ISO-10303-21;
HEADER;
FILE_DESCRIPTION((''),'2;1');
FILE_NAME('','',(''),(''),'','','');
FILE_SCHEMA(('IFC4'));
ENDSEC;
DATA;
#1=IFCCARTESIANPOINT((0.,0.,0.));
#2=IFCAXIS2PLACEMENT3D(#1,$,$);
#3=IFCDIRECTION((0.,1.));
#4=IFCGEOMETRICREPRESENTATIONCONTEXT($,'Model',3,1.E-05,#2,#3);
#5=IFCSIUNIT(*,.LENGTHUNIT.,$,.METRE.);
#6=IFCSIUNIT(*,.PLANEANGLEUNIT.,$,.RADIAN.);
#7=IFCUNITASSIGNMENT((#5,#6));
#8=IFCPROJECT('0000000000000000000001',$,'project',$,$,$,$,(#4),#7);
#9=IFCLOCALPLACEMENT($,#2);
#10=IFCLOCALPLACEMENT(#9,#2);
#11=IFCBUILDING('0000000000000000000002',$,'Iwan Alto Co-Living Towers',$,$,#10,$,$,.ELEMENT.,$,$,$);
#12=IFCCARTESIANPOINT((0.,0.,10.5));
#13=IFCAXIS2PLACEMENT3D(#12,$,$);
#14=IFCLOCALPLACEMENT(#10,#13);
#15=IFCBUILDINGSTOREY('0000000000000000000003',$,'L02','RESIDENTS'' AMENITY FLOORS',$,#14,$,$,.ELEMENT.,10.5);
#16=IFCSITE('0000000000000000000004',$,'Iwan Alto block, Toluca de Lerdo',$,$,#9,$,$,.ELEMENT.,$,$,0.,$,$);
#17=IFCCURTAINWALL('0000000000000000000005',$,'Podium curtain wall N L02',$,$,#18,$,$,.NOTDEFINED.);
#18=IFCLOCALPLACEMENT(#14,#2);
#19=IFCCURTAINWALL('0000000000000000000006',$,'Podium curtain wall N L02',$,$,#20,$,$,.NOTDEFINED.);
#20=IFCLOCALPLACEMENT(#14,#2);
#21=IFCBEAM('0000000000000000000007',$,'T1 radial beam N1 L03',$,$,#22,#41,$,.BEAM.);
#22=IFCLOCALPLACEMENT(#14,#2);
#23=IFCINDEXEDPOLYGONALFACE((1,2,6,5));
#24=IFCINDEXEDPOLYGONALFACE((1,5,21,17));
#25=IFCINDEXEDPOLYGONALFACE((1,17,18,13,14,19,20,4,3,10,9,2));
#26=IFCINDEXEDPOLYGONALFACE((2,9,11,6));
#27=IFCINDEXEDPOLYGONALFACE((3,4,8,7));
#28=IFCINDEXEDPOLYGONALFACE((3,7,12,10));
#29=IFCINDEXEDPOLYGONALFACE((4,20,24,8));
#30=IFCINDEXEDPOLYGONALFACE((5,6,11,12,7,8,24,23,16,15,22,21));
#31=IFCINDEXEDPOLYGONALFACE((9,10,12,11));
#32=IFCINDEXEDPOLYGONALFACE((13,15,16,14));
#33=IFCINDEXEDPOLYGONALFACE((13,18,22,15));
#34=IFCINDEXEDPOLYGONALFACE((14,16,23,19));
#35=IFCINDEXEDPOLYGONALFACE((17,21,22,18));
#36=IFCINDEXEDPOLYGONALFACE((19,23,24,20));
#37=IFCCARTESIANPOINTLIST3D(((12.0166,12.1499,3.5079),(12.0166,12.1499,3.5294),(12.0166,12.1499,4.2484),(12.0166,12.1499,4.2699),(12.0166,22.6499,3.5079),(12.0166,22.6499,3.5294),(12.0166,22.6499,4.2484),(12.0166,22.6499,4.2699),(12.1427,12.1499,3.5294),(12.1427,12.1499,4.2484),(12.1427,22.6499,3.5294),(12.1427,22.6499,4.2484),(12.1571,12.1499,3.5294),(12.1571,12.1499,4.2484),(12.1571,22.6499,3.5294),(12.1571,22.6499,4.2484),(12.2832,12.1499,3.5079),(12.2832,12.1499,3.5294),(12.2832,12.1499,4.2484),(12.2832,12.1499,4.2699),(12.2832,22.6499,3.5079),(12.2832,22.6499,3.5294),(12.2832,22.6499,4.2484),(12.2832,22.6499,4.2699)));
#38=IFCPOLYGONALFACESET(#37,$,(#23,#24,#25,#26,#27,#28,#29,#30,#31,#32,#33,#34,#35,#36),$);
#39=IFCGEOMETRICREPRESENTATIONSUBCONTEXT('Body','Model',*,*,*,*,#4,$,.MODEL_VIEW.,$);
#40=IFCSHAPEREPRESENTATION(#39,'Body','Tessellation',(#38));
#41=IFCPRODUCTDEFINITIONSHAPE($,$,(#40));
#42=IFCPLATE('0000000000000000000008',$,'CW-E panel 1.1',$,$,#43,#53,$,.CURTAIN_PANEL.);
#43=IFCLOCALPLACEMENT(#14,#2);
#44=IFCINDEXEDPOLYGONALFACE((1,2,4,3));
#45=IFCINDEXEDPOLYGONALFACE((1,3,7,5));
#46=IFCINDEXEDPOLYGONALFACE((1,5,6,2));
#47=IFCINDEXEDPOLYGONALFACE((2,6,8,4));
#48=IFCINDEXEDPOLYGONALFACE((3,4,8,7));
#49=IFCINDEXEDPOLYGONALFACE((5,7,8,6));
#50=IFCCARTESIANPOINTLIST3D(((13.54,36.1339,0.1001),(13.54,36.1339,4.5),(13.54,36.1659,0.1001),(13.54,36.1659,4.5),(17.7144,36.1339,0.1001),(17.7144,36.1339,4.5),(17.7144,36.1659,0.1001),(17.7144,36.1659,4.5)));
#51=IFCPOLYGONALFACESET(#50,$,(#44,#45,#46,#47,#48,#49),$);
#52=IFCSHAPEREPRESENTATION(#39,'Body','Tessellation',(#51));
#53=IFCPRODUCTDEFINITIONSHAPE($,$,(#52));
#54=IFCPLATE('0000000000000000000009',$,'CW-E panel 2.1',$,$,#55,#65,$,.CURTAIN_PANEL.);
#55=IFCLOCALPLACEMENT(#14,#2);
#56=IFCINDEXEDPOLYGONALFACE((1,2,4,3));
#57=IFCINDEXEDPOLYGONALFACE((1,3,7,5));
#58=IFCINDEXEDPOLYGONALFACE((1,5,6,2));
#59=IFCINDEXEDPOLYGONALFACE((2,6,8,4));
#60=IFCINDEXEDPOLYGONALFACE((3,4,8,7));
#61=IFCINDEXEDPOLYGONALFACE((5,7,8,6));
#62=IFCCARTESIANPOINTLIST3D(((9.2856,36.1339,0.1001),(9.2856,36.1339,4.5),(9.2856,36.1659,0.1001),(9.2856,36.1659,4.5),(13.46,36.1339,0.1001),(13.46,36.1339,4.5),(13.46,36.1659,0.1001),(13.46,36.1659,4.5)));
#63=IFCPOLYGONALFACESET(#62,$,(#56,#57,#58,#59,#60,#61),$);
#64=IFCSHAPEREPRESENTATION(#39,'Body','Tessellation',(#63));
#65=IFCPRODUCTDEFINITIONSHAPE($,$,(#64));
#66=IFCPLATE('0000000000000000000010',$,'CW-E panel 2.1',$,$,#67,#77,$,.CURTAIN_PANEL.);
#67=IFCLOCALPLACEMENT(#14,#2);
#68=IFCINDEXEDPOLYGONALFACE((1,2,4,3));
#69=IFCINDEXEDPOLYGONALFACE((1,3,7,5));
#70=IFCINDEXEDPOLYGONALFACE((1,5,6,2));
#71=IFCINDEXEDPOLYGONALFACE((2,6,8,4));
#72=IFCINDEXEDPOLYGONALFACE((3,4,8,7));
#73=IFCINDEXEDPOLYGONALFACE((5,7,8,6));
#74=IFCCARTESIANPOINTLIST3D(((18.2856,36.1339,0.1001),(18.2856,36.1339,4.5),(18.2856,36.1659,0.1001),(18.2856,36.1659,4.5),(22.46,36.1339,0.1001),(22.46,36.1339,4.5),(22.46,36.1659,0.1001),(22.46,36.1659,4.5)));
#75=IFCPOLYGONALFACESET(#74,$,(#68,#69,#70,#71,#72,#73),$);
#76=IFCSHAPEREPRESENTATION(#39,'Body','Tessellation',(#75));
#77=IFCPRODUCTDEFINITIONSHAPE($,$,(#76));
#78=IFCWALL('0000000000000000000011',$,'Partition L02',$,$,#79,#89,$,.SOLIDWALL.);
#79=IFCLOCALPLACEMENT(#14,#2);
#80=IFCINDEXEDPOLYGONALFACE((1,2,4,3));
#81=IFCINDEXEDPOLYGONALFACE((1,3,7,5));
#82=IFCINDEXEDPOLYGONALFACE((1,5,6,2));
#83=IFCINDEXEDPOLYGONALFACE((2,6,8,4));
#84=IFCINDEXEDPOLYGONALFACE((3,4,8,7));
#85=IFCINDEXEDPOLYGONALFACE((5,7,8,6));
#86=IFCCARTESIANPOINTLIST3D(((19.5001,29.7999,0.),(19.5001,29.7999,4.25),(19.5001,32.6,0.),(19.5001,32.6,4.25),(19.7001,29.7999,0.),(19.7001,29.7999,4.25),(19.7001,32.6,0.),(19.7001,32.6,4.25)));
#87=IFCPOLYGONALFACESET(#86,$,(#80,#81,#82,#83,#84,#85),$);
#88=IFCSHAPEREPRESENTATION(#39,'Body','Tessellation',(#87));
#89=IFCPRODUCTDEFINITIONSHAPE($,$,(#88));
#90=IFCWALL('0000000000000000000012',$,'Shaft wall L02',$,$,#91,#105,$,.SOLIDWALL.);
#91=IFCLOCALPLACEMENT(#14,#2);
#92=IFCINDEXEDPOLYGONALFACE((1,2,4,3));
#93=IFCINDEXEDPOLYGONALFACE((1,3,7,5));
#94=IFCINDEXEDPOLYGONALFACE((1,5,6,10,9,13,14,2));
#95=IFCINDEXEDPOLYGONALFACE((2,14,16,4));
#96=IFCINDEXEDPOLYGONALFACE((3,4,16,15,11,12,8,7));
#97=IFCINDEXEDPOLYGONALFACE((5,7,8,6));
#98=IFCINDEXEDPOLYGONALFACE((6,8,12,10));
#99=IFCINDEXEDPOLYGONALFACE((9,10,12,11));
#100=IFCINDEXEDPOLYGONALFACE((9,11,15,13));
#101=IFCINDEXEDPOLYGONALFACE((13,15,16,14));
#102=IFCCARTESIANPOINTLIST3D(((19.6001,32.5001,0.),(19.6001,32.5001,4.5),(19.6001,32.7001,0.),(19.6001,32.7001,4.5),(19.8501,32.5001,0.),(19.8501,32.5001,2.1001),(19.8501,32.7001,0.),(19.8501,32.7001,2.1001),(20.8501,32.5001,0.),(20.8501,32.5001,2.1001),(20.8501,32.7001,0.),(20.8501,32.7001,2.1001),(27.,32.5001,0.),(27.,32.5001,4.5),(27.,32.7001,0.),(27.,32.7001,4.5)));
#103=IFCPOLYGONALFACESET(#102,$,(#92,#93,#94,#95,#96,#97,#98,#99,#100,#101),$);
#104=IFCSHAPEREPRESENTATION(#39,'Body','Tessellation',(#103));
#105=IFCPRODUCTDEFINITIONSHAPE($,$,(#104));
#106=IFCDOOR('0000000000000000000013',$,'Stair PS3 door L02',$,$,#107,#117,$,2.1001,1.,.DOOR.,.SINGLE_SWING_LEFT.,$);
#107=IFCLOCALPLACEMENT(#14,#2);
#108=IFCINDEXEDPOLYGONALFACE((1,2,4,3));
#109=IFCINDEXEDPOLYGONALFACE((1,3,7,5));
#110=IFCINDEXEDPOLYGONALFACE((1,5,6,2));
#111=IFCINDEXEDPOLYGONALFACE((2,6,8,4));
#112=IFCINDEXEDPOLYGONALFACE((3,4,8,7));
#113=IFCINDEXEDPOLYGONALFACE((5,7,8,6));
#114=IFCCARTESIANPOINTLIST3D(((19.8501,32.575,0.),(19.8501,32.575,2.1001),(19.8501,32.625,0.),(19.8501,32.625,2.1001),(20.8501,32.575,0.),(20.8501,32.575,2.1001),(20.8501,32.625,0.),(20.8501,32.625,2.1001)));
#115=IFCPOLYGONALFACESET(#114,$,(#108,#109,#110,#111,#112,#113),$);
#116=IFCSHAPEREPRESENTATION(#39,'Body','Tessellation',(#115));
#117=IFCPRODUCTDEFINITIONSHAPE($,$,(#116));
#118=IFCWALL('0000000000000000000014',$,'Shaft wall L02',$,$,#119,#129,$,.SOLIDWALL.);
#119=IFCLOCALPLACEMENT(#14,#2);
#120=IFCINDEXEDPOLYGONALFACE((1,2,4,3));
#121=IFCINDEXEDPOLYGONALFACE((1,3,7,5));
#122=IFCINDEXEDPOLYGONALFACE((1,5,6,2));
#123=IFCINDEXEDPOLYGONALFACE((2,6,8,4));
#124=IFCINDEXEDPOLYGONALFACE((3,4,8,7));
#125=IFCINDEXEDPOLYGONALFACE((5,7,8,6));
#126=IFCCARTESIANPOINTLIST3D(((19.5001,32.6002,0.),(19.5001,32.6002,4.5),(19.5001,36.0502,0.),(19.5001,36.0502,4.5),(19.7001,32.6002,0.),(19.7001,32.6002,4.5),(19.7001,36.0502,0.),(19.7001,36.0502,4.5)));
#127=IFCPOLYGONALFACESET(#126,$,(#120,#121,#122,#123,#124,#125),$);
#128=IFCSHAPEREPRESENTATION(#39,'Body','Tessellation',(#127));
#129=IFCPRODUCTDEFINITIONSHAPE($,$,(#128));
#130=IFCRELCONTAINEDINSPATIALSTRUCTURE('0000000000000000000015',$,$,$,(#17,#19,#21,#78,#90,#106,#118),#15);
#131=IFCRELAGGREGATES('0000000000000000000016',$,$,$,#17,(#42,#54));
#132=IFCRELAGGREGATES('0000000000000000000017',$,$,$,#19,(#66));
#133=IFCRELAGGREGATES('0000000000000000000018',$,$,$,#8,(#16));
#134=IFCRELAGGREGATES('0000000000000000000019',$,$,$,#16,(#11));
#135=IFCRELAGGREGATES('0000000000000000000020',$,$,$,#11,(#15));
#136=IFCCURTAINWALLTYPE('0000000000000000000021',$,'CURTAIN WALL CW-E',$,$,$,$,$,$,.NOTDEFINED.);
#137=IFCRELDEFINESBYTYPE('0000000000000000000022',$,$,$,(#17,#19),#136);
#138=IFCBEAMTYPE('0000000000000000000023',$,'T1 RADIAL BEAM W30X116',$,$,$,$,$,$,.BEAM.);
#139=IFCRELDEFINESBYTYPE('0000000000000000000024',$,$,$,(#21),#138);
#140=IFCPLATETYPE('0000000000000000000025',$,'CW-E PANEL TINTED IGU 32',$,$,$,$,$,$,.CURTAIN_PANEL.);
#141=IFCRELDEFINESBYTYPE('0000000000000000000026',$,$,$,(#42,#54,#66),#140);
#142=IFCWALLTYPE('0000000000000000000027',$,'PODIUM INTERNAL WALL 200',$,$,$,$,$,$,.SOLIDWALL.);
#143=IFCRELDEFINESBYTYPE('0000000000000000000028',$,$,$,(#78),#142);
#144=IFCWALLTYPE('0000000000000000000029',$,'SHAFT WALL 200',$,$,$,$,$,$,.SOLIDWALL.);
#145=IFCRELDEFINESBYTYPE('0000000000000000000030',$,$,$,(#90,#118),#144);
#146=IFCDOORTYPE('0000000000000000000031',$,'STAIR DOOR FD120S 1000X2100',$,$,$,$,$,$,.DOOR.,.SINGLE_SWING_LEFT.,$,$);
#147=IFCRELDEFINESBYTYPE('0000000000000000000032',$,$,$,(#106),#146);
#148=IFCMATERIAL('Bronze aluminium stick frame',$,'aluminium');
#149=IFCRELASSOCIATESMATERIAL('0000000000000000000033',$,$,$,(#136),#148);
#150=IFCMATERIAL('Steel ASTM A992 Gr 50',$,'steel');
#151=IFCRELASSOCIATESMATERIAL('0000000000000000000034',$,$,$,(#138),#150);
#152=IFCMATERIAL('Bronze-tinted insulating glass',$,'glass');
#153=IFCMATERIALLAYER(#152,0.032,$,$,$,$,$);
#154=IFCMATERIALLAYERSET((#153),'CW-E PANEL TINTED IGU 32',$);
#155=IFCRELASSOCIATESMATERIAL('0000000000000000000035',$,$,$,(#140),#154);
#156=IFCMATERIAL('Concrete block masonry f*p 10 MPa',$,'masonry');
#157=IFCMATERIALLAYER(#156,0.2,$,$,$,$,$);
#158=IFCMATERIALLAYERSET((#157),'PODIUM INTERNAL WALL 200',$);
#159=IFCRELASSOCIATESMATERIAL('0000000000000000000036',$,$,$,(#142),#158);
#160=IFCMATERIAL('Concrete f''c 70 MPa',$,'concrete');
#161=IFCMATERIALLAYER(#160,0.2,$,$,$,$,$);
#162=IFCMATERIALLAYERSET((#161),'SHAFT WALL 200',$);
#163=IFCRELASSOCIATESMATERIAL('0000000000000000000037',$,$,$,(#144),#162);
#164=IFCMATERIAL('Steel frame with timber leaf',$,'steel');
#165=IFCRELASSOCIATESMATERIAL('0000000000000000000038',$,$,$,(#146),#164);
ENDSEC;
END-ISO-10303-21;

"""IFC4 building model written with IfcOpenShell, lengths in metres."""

from ifc_helpers import new_model, si_unit, direction, frame, frame_2d, origin, origin_2d, place, context, subcontext, project, spatial, rectangle, i_section, extrude, material, layer, layer_set, material_profile, profile_set, type_object, element, fill, aggregate, save


model = new_model("IFC4")

# Units and contexts
model_context = context("Model", 3, precision=1e-05, world=origin(), true_north=direction((0.0, 1.0)))
body_context = subcontext(model_context, "Body", "Model", "MODEL_VIEW")
ifc_project = project(units=[si_unit("LENGTHUNIT", "METRE"), si_unit("PLANEANGLEUNIT", "RADIAN")], contexts=[model_context])

# Site, building, storey
site_placement = place(None, origin())
site = spatial("IfcSite", under=ifc_project, at=site_placement, Name="Iwan Alto block, Toluca de Lerdo", CompositionType="ELEMENT", RefElevation=0.0)
building_placement = place(site_placement, origin())
building = spatial("IfcBuilding", under=site, at=building_placement, Name="Iwan Alto Co-Living Towers", CompositionType="ELEMENT")
storey_placement = place(building_placement, frame((0.0, 0.0, 10.5)))
storey = spatial("IfcBuildingStorey", under=building, at=storey_placement, Name="L02", Description="RESIDENTS' AMENITY FLOORS", CompositionType="ELEMENT", Elevation=10.5)

# Curtain walls
ifc_material_1 = material(Name="Bronze aluminium stick frame", Category="aluminium")
curtain_wall_type = type_object("IfcCurtainWallType", Name="CURTAIN WALL CW-E", PredefinedType="NOTDEFINED", material=ifc_material_1)
curtain_wall_1_placement = place(storey_placement, origin())
curtain_wall_1 = element("IfcCurtainWall", 1, at=curtain_wall_1_placement, inside=storey, type_object=curtain_wall_type, Name="Podium curtain wall N L02", PredefinedType="NOTDEFINED")
curtain_wall_2_placement = place(storey_placement, origin())
curtain_wall_2 = element("IfcCurtainWall", 2, at=curtain_wall_2_placement, inside=storey, type_object=curtain_wall_type, Name="Podium curtain wall N L02", PredefinedType="NOTDEFINED")

# Beam
ifc_material_2 = material(Name="Steel ASTM A992 Gr 50", Category="steel")
ifc_material_profile_1 = material_profile(ifc_material_2, i_section(OverallWidth=0.2666, OverallDepth=0.762, WebThickness=0.0144, FlangeThickness=0.0215, at=origin_2d()), Name="W30X116")
ifc_profile_set_1 = profile_set([ifc_material_profile_1], Name="Steel ASTM A992 Gr 50")
beam_type_1 = type_object("IfcBeamType", Name="T1 RADIAL BEAM W30X116", PredefinedType="BEAM", material=ifc_profile_set_1)
beam_1_placement = place(storey_placement, frame((12.1499, 22.6499, 3.8889), z_axis=(0.0, -1.0, 0.0), x_axis=(1.0, 0.0, 0.0)))
element("IfcBeam", 3, at=beam_1_placement, inside=storey, type_object=beam_type_1, Name="T1 radial beam N1 L03", PredefinedType="BEAM", context=body_context, shape_type="SweptSolid", body=[
    extrude(i_section(OverallWidth=0.2666, OverallDepth=0.762, WebThickness=0.0144, FlangeThickness=0.0215, at=origin_2d()), origin(), (0.0, 0.0, 1.0), 10.5),
])

# Plates
ifc_material_3 = material(Name="Bronze-tinted insulating glass", Category="glass")
ifc_layer_1 = layer(ifc_material_3, 0.032)
ifc_layer_set_1 = layer_set([ifc_layer_1], Name="CW-E PANEL TINTED IGU 32")
plate_type = type_object("IfcPlateType", Name="CW-E PANEL TINTED IGU 32", PredefinedType="CURTAIN_PANEL", material=ifc_layer_set_1)
plate_1_placement = place(storey_placement, frame((15.6272, 36.1499, 0.1001), z_axis=(0.0, 0.0, 1.0), x_axis=(-1.0, 0.0, 0.0)))
plate_1 = element("IfcPlate", 4, at=plate_1_placement, type_object=plate_type, Name="CW-E panel 1.1", PredefinedType="CURTAIN_PANEL", context=body_context, shape_type="SweptSolid", body=[
    extrude(rectangle(XDim=4.1743, YDim=0.032, at=origin_2d()), origin(), (0.0, 0.0, 1.0), 4.3999),
])
plate_2_placement = place(storey_placement, frame((11.3728, 36.1499, 0.1001), z_axis=(0.0, 0.0, 1.0), x_axis=(-1.0, 0.0, 0.0)))
plate_2 = element("IfcPlate", 5, at=plate_2_placement, type_object=plate_type, Name="CW-E panel 2.1", PredefinedType="CURTAIN_PANEL", context=body_context, shape_type="SweptSolid", body=[
    extrude(rectangle(XDim=4.1743, YDim=0.032, at=origin_2d()), origin(), (0.0, 0.0, 1.0), 4.3999),
])
aggregate(curtain_wall_1, [plate_1, plate_2])
plate_3_placement = place(storey_placement, frame((20.3728, 36.1499, 0.1001), z_axis=(0.0, 0.0, 1.0), x_axis=(-1.0, 0.0, 0.0)))
plate_3 = element("IfcPlate", 6, at=plate_3_placement, type_object=plate_type, Name="CW-E panel 2.1", PredefinedType="CURTAIN_PANEL", context=body_context, shape_type="SweptSolid", body=[
    extrude(rectangle(XDim=4.1743, YDim=0.032, at=origin_2d()), origin(), (0.0, 0.0, 1.0), 4.3999),
])
aggregate(curtain_wall_2, [plate_3])

# Wall
ifc_material_4 = material(Name="Concrete block masonry f*p 10 MPa", Category="masonry")
ifc_layer_2 = layer(ifc_material_4, 0.2)
ifc_layer_set_2 = layer_set([ifc_layer_2], Name="PODIUM INTERNAL WALL 200")
wall_type_1 = type_object("IfcWallType", Name="PODIUM INTERNAL WALL 200", PredefinedType="SOLIDWALL", material=ifc_layer_set_2)
wall_1_placement = place(storey_placement, frame((19.6001, 29.8, 0.0), z_axis=(0.0, 0.0, 1.0), x_axis=(0.0, 1.0, 0.0)))
element("IfcWall", 7, at=wall_1_placement, inside=storey, type_object=wall_type_1, Name="Partition L02", PredefinedType="SOLIDWALL", context=body_context, shape_type="SweptSolid", body=[
    extrude(rectangle(XDim=2.8, YDim=0.2, at=frame_2d((1.3999, 0.0))), origin(), (0.0, 0.0, 1.0), 4.25),
])

# Wall, opening, door
ifc_material_5 = material(Name="Concrete f'c 70 MPa", Category="concrete")
ifc_layer_3 = layer(ifc_material_5, 0.2)
ifc_layer_set_3 = layer_set([ifc_layer_3], Name="SHAFT WALL 200")
wall_type_2 = type_object("IfcWallType", Name="SHAFT WALL 200", PredefinedType="SOLIDWALL", material=ifc_layer_set_3)
wall_2_placement = place(storey_placement, frame((19.6001, 32.6001, 0.0), z_axis=(0.0, 0.0, 1.0), x_axis=(1.0, 0.0, 0.0)))
wall_2 = element("IfcWall", 8, at=wall_2_placement, inside=storey, type_object=wall_type_2, Name="Shaft wall L02", PredefinedType="SOLIDWALL", context=body_context, shape_type="SweptSolid", body=[
    extrude(rectangle(XDim=7.3999, YDim=0.2, at=frame_2d((3.7, 0.0))), origin(), (0.0, 0.0, 1.0), 4.5),
])
opening_placement = place(wall_2_placement, frame((0.25, 0.0, 0.0)))
opening = element("IfcOpeningElement", 9, at=opening_placement, cuts=wall_2, PredefinedType="OPENING", context=body_context, shape_type="SweptSolid", body=[
    extrude(rectangle(XDim=1.0, YDim=2.1001, at=frame_2d((0.5, 1.05))), frame((0.0, 0.1099, 0.0), z_axis=(0.0, -1.0, 0.0), x_axis=(1.0, 0.0, 0.0)), (0.0, 0.0, 1.0), 0.22),
])
ifc_material_6 = material(Name="Steel frame with timber leaf", Category="steel")
door_type = type_object("IfcDoorType", Name="STAIR DOOR FD120S 1000X2100", OperationType="SINGLE_SWING_LEFT", PredefinedType="DOOR", material=ifc_material_6)
door_placement = place(opening_placement, origin())
door = element("IfcDoor", 10, at=door_placement, inside=storey, type_object=door_type, Name="Stair PS3 door L02", OperationType="SINGLE_SWING_LEFT", OverallHeight=2.1001, OverallWidth=1.0, PredefinedType="DOOR", context=body_context, shape_type="SweptSolid", body=[
    extrude(rectangle(XDim=1.0, YDim=2.1001, at=frame_2d((0.5, 1.05))), frame((0.0, 0.0249, 0.0), z_axis=(0.0, -1.0, 0.0), x_axis=(1.0, 0.0, 0.0)), (0.0, 0.0, 1.0), 0.05),
])
fill(opening, door)

# Wall
wall_3_placement = place(storey_placement, frame((19.6001, 32.6001, 0.0), z_axis=(0.0, 0.0, 1.0), x_axis=(0.0, 1.0, 0.0)))
element("IfcWall", 11, at=wall_3_placement, inside=storey, type_object=wall_type_2, Name="Shaft wall L02", PredefinedType="SOLIDWALL", context=body_context, shape_type="SweptSolid", body=[
    extrude(rectangle(XDim=3.45, YDim=0.2, at=frame_2d((1.7251, 0.0))), origin(), (0.0, 0.0, 1.0), 4.5),
])

save(model, "model.ifc")
